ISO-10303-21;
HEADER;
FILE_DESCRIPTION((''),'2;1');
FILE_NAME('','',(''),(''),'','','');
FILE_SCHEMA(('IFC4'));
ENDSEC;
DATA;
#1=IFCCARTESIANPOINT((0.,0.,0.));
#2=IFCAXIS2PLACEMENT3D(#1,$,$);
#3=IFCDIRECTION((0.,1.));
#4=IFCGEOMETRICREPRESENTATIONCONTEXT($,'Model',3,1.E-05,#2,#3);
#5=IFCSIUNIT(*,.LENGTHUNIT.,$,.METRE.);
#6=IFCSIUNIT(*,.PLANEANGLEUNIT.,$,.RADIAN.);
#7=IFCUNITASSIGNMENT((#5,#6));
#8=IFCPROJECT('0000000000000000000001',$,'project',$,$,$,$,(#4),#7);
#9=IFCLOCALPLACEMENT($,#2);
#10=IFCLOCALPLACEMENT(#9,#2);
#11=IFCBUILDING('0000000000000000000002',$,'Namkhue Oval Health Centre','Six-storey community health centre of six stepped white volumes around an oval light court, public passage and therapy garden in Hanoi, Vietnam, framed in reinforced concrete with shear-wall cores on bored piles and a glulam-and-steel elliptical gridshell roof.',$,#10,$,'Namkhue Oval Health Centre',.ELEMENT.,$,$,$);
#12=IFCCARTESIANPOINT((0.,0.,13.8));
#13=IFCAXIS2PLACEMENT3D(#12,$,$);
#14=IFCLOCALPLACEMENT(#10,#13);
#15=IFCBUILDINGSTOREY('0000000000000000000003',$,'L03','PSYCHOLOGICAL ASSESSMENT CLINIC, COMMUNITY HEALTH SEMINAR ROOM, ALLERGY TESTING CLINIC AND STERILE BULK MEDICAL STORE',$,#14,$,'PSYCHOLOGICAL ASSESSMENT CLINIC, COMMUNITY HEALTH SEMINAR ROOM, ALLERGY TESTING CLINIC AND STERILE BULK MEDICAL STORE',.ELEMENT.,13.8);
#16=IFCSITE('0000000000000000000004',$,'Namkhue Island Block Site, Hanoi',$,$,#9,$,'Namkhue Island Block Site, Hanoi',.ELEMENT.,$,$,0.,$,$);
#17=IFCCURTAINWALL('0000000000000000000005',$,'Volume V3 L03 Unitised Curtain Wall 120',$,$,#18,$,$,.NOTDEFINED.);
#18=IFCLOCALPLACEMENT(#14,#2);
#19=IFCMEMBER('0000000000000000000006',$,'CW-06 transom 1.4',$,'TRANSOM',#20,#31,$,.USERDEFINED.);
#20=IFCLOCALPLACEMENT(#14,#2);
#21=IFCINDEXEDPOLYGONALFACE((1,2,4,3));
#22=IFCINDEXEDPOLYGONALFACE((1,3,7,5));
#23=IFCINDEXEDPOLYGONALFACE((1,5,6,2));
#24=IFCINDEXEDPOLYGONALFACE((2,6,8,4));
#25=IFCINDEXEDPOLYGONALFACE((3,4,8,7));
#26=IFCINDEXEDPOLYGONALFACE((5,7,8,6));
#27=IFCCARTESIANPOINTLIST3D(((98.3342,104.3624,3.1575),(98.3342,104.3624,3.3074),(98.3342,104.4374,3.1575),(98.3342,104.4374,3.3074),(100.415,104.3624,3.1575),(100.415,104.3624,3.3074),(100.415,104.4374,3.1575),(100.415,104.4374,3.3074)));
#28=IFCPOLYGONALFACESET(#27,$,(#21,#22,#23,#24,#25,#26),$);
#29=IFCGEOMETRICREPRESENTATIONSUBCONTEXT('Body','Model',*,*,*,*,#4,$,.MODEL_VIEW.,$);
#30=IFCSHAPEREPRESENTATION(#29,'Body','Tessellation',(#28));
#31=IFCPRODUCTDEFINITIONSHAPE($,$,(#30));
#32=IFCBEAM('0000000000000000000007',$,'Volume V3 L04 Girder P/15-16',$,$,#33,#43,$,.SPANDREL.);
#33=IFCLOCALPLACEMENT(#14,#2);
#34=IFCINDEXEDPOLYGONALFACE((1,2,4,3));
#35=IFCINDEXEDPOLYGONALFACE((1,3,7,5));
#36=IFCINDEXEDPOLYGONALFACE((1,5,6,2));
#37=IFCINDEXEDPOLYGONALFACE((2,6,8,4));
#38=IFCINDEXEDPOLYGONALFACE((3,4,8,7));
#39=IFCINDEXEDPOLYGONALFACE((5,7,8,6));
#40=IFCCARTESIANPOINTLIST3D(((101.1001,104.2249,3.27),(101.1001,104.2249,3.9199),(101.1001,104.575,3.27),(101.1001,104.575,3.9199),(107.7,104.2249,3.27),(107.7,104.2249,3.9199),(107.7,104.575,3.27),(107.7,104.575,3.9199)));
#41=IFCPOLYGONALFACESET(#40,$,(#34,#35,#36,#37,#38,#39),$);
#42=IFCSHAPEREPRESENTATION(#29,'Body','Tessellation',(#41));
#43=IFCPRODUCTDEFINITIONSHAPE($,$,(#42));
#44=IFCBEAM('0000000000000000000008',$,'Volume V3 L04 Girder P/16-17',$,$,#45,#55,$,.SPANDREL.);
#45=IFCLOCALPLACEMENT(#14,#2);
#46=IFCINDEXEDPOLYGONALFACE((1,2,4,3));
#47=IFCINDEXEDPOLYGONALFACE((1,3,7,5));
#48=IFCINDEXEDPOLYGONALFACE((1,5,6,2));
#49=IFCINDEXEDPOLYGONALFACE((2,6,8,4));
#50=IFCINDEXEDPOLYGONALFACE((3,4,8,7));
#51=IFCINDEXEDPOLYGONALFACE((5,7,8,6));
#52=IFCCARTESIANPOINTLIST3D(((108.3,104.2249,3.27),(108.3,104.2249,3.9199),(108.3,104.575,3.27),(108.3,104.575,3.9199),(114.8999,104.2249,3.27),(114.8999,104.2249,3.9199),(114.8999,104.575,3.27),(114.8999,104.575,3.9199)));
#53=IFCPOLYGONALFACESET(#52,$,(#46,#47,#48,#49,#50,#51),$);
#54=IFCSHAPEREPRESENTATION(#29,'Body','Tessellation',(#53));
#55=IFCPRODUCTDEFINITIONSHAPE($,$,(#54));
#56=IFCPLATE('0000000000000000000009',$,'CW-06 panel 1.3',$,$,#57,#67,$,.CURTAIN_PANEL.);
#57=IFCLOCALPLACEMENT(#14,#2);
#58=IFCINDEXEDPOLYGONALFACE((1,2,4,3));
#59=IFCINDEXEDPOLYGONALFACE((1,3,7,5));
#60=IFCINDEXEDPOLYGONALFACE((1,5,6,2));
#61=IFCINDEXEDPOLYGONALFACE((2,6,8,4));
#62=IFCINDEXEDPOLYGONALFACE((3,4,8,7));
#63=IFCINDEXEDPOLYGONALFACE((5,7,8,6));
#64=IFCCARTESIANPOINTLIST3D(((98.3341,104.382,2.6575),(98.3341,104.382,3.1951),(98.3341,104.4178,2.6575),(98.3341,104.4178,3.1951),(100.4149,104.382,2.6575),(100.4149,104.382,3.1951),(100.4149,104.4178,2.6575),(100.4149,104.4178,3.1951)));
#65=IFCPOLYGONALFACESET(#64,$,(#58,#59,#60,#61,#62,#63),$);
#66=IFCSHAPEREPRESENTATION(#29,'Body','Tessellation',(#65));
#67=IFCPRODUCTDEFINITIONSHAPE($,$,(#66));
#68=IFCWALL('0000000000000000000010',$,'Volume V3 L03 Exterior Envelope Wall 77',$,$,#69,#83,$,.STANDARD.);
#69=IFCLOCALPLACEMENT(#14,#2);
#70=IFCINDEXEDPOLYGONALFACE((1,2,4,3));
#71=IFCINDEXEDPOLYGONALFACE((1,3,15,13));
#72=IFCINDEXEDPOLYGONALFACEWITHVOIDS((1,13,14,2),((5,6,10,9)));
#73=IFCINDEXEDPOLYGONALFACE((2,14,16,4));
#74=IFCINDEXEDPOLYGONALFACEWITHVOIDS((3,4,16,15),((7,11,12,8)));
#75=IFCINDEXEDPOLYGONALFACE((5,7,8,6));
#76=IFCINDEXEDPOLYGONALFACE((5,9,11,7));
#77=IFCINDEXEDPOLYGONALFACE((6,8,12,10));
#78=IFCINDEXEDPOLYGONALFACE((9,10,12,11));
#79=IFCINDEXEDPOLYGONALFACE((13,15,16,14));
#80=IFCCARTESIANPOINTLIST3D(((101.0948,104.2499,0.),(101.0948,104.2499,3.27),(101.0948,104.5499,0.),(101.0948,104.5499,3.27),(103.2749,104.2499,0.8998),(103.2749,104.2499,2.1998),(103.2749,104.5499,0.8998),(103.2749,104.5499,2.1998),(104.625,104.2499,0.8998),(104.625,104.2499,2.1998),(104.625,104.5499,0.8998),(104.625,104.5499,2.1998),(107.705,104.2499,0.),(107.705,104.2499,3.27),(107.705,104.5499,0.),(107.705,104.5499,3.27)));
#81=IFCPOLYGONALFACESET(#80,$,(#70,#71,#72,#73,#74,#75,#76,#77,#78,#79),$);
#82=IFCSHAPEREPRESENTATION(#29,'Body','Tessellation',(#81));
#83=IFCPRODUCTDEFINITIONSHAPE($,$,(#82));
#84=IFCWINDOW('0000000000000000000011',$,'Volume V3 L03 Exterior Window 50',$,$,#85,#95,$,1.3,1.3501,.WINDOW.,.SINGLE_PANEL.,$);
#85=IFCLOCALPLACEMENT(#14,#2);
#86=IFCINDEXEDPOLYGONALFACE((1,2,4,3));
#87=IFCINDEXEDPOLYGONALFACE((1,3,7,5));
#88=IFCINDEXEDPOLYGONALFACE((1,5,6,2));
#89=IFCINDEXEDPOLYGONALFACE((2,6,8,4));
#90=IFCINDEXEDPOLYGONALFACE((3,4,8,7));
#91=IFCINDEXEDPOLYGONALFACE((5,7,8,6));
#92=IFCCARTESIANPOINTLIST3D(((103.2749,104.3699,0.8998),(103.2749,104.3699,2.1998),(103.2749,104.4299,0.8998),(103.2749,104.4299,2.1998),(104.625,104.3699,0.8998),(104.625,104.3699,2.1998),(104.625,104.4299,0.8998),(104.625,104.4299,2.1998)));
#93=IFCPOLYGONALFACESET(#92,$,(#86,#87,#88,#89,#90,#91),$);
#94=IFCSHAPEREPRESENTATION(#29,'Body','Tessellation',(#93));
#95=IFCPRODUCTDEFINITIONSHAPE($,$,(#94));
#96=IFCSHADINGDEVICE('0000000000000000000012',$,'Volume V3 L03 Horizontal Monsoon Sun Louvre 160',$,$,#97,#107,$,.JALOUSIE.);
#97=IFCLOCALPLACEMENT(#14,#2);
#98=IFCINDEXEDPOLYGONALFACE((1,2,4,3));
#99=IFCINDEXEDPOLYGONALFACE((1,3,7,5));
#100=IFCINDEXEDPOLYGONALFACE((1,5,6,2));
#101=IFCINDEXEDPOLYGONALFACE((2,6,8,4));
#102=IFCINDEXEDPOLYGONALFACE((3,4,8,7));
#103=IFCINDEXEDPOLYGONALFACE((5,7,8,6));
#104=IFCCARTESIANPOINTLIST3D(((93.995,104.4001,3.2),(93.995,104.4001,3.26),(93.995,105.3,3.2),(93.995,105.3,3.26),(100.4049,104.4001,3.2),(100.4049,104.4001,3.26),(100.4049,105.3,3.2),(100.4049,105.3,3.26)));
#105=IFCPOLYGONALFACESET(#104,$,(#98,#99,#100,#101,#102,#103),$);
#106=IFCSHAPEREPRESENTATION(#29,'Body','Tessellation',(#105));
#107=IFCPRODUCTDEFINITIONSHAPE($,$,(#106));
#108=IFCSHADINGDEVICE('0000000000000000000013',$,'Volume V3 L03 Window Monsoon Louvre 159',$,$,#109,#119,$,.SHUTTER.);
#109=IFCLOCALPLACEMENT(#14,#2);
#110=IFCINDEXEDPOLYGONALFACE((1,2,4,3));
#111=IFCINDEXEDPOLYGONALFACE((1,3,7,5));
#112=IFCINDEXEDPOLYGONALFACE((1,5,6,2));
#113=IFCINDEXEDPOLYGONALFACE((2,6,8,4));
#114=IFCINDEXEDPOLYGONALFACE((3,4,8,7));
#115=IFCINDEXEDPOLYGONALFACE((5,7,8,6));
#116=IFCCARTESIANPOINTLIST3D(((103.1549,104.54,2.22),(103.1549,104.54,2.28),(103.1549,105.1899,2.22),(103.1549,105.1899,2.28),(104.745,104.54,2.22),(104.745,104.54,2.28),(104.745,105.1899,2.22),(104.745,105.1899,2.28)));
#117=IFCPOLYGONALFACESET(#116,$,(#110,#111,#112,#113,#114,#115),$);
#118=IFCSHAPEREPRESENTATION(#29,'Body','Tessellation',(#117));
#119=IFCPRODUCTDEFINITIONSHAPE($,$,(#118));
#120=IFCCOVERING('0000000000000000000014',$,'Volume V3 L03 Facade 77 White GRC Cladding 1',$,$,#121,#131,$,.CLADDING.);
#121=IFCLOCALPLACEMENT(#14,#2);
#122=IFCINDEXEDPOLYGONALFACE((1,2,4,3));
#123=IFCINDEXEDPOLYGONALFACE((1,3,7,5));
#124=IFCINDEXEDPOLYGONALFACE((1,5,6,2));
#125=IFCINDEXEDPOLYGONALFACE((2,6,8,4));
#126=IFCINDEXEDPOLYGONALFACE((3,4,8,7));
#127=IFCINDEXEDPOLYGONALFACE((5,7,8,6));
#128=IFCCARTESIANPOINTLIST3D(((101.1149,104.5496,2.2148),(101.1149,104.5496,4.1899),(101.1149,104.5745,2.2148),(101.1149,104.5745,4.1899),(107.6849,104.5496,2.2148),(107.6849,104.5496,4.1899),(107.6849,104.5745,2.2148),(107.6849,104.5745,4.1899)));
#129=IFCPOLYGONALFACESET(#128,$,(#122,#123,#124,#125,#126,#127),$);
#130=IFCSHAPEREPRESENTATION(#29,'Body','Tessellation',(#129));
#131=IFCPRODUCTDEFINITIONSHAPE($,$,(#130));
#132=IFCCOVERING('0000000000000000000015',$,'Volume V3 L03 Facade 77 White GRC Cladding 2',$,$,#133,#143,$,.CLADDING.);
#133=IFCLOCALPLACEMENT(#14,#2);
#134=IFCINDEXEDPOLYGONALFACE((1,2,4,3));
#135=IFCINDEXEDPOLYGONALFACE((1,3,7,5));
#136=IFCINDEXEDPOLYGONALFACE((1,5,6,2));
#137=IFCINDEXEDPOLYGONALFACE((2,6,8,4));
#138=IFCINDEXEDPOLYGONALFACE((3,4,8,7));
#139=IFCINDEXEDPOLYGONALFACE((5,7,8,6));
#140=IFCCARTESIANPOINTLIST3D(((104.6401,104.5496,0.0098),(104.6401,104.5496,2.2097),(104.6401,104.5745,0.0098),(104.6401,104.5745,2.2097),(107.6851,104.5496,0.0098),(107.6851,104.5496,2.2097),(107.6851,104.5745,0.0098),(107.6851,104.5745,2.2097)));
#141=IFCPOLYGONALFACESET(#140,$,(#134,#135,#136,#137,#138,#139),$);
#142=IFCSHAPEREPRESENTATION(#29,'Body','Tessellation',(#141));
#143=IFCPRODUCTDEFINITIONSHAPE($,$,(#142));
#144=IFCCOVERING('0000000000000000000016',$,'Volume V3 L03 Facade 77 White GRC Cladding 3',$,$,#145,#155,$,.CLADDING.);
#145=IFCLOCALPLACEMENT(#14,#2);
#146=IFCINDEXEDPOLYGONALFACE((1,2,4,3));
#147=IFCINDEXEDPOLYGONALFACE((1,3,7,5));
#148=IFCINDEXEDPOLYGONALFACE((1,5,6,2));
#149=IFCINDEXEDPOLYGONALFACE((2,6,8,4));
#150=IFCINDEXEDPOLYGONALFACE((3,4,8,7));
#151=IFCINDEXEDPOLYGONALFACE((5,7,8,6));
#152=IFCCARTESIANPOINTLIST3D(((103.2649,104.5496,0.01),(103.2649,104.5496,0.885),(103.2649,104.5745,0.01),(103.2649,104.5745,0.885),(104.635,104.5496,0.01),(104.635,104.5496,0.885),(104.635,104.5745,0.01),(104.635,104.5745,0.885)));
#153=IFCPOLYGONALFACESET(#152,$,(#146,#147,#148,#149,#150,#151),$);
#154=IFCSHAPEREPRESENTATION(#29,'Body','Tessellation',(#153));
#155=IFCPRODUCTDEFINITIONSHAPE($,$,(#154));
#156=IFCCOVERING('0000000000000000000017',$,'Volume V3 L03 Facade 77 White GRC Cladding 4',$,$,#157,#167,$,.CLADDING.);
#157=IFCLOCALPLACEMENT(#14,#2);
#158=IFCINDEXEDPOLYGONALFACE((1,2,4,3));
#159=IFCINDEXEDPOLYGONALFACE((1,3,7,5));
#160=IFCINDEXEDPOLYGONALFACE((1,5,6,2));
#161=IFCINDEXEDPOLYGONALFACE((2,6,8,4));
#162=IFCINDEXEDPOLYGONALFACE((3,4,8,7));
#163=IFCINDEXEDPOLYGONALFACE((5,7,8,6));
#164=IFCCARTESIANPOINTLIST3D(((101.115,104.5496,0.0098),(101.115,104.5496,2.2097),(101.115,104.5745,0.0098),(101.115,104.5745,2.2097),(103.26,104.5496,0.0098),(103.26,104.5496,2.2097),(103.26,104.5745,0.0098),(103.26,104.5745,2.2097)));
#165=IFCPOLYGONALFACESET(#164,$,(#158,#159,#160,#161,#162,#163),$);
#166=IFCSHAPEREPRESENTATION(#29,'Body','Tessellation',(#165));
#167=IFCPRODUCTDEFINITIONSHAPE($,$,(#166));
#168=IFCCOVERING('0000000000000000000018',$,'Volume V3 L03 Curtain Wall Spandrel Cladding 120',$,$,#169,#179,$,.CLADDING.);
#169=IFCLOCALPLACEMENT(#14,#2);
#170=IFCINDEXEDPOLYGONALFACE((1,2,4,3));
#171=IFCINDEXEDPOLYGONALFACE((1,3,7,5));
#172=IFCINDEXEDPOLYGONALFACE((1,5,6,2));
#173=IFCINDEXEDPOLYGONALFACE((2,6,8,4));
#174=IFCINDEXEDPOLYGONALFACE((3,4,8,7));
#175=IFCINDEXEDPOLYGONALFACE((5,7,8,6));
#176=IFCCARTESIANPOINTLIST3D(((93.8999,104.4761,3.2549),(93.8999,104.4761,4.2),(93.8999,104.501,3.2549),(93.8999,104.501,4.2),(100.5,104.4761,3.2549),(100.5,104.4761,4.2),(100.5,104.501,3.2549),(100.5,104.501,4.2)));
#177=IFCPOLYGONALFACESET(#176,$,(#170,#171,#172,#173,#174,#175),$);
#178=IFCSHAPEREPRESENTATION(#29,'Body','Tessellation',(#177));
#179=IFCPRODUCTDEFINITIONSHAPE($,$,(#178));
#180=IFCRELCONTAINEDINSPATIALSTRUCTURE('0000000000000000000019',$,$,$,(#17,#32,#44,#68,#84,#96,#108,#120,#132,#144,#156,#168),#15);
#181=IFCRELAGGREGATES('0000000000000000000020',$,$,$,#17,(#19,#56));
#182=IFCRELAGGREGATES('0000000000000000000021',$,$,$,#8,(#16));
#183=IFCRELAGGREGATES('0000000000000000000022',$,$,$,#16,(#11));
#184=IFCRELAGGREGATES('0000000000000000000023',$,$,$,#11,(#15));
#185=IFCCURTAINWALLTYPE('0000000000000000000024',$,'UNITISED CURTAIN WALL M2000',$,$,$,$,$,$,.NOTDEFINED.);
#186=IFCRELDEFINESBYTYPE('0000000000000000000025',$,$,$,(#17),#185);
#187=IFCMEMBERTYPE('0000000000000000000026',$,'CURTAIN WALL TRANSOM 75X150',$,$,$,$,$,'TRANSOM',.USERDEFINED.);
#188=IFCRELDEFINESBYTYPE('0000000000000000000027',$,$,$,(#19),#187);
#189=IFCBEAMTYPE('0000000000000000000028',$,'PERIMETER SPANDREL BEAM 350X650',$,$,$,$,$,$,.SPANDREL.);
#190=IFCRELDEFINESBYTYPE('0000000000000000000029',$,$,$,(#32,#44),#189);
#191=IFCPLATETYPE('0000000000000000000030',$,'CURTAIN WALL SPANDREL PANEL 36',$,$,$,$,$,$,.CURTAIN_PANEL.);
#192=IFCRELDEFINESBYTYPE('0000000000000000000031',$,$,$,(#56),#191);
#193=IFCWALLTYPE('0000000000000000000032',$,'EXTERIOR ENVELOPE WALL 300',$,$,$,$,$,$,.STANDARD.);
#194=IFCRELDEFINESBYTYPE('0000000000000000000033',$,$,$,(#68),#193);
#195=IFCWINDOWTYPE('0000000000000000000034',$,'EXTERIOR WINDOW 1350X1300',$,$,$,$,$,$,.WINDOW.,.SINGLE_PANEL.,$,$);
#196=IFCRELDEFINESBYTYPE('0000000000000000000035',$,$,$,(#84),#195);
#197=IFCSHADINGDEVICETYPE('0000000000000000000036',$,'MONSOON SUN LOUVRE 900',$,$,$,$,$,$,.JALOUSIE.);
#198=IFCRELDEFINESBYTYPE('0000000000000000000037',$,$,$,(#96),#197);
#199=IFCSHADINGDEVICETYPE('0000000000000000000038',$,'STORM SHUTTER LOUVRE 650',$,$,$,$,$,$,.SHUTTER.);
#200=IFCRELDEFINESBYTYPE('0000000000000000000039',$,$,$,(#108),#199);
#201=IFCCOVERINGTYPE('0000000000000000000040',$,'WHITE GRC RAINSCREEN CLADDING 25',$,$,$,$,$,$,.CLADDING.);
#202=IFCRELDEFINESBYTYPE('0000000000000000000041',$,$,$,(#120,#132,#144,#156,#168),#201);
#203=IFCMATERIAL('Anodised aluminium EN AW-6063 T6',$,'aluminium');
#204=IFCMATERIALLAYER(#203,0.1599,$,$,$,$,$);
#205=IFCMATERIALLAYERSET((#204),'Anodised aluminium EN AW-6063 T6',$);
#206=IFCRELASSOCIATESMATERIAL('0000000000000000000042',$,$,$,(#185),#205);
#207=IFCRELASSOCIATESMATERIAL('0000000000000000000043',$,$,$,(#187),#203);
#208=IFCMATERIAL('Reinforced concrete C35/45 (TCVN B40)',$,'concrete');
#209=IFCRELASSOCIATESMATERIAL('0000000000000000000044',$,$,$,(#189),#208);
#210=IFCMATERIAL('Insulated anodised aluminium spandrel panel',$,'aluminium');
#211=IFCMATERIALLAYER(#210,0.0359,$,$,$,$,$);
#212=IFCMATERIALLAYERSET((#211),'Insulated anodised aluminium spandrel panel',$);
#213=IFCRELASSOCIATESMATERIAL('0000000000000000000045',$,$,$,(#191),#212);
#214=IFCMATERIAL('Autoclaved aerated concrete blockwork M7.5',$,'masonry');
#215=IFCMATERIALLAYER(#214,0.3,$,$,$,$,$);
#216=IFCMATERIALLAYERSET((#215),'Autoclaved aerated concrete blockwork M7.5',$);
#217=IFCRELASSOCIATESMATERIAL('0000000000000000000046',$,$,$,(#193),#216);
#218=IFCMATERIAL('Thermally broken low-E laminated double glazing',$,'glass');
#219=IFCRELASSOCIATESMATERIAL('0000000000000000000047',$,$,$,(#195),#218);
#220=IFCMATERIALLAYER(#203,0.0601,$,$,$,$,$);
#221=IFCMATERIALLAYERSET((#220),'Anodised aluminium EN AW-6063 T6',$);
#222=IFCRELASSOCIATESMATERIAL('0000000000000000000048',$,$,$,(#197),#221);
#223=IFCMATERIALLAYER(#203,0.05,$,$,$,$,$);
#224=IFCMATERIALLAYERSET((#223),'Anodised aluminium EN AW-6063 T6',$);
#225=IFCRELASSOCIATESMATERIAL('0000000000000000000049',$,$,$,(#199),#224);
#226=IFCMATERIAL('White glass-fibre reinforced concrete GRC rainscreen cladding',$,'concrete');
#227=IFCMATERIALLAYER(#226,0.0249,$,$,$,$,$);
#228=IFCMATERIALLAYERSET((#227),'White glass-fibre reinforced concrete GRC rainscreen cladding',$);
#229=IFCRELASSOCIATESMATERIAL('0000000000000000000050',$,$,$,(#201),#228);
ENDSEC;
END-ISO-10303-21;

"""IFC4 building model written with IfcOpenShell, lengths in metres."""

from ifc_helpers import new_model, si_unit, direction, frame, frame_2d, origin, origin_2d, place, context, subcontext, project, spatial, rectangle, extrude, material, layer, layer_set, material_profile, profile_set, type_object, element, fill, aggregate, save


model = new_model("IFC4")

# Units and contexts
model_context = context("Model", 3, precision=1e-05, world=origin(), true_north=direction((0.0, 1.0)))
body_context = subcontext(model_context, "Body", "Model", "MODEL_VIEW")
ifc_project = project(units=[si_unit("LENGTHUNIT", "METRE"), si_unit("PLANEANGLEUNIT", "RADIAN")], contexts=[model_context])

# Site, building, storey
site_placement = place(None, origin())
site = spatial("IfcSite", under=ifc_project, at=site_placement, Name="Namkhue Island Block Site, Hanoi", LongName="Namkhue Island Block Site, Hanoi", CompositionType="ELEMENT", RefElevation=0.0)
building_placement = place(site_placement, origin())
building = spatial("IfcBuilding", under=site, at=building_placement, Name="Namkhue Oval Health Centre", Description="Six-storey community health centre of six stepped white volumes around an oval light court, public passage and therapy garden in Hanoi, Vietnam, framed in reinforced concrete with shear-wall cores on bored piles and a glulam-and-steel elliptical gridshell roof.", LongName="Namkhue Oval Health Centre", CompositionType="ELEMENT")
storey_placement = place(building_placement, frame((0.0, 0.0, 13.8)))
storey = spatial("IfcBuildingStorey", under=building, at=storey_placement, Name="L03", Description="PSYCHOLOGICAL ASSESSMENT CLINIC, COMMUNITY HEALTH SEMINAR ROOM, ALLERGY TESTING CLINIC AND STERILE BULK MEDICAL STORE", LongName="PSYCHOLOGICAL ASSESSMENT CLINIC, COMMUNITY HEALTH SEMINAR ROOM, ALLERGY TESTING CLINIC AND STERILE BULK MEDICAL STORE", CompositionType="ELEMENT", Elevation=13.8)

# Shared definitions
ifc_material_1 = material(Name="Reinforced concrete C35/45 (TCVN B40)", Category="concrete")

# Shared definitions
ifc_material_2 = material(Name="Anodised aluminium EN AW-6063 T6", Category="aluminium")

# Curtain wall, member
ifc_layer_1 = layer(ifc_material_2, 0.1599)
ifc_layer_set_1 = layer_set([ifc_layer_1], Name="Anodised aluminium EN AW-6063 T6")
curtain_wall_type_1 = type_object("IfcCurtainWallType", Name="UNITISED CURTAIN WALL M2000", PredefinedType="NOTDEFINED", material=ifc_layer_set_1)
curtain_wall_1_placement = place(storey_placement, origin())
curtain_wall_1 = element("IfcCurtainWall", 1, at=curtain_wall_1_placement, inside=storey, type_object=curtain_wall_type_1, Name="Volume V3 L03 Unitised Curtain Wall 120", PredefinedType="NOTDEFINED")
ifc_material_profile_1 = material_profile(ifc_material_2, rectangle(XDim=0.075, YDim=0.1499, at=origin_2d()), Name="ALU 75x150")
ifc_profile_set_1 = profile_set([ifc_material_profile_1], Name="Anodised aluminium EN AW-6063 T6")
member_type_1 = type_object("IfcMemberType", Name="CURTAIN WALL TRANSOM 75X150", ElementType="TRANSOM", PredefinedType="USERDEFINED", material=ifc_profile_set_1)
member_1_placement = place(storey_placement, frame((100.415, 104.3999, 3.2324), z_axis=(-1.0, 0.0, 0.0), x_axis=(0.0, -1.0, 0.0)))
member_1 = element("IfcMember", 2, at=member_1_placement, type_object=member_type_1, Name="CW-06 transom 1.4", ObjectType="TRANSOM", PredefinedType="USERDEFINED", context=body_context, shape_type="SweptSolid", body=[
    extrude(rectangle(XDim=0.075, YDim=0.1499, at=origin_2d()), origin(), (0.0, 0.0, 1.0), 2.0808),
])

# Beams
ifc_material_profile_2 = material_profile(ifc_material_1, rectangle(XDim=0.3501, YDim=0.6499, at=origin_2d()), Name="RC 350x650")
ifc_profile_set_2 = profile_set([ifc_material_profile_2], Name="Reinforced concrete C35/45 (TCVN B40)")
beam_type = type_object("IfcBeamType", Name="PERIMETER SPANDREL BEAM 350X650", PredefinedType="SPANDREL", material=ifc_profile_set_2)
for number, where, z_axis, x_axis, name in (
    (3, (101.1001, 104.3999, 3.595), (1.0, 0.0, 0.0), (0.0, 1.0, 0.0), "Volume V3 L04 Girder P/15-16"),
    (4, (108.3, 104.3999, 3.595), (1.0, 0.0, 0.0), (0.0, 1.0, 0.0), "Volume V3 L04 Girder P/16-17"),
):
    element("IfcBeam", number, at=place(storey_placement, frame(where, z_axis=z_axis, x_axis=x_axis)), inside=storey, type_object=beam_type, Name=name, PredefinedType="SPANDREL", context=body_context, shape_type="SweptSolid", body=[
        extrude(rectangle(XDim=0.3501, YDim=0.6499, at=origin_2d()), origin(), (0.0, 0.0, 1.0), 6.5999),
    ])

# Plate
ifc_material_3 = material(Name="Insulated anodised aluminium spandrel panel", Category="aluminium")
ifc_layer_2 = layer(ifc_material_3, 0.0359)
ifc_layer_set_2 = layer_set([ifc_layer_2], Name="Insulated anodised aluminium spandrel panel")
plate_type = type_object("IfcPlateType", Name="CURTAIN WALL SPANDREL PANEL 36", PredefinedType="CURTAIN_PANEL", material=ifc_layer_set_2)
plate_placement = place(storey_placement, frame((99.3745, 104.3999, 2.6575), z_axis=(0.0, 0.0, 1.0), x_axis=(-1.0, 0.0, 0.0)))
plate = element("IfcPlate", 5, at=plate_placement, type_object=plate_type, Name="CW-06 panel 1.3", PredefinedType="CURTAIN_PANEL", context=body_context, shape_type="SweptSolid", body=[
    extrude(rectangle(XDim=2.0808, YDim=0.0359, at=origin_2d()), origin(), (0.0, 0.0, 1.0), 0.5376),
])
aggregate(curtain_wall_1, [member_1, plate])

# Wall, opening, window
ifc_material_4 = material(Name="Autoclaved aerated concrete blockwork M7.5", Category="masonry")
ifc_layer_3 = layer(ifc_material_4, 0.3)
ifc_layer_set_3 = layer_set([ifc_layer_3], Name="Autoclaved aerated concrete blockwork M7.5")
wall_type = type_object("IfcWallType", Name="EXTERIOR ENVELOPE WALL 300", PredefinedType="STANDARD", material=ifc_layer_set_3)
wall_placement = place(storey_placement, frame((107.7051, 104.3999, 0.0), z_axis=(0.0, 0.0, 1.0), x_axis=(-1.0, 0.0, 0.0)))
wall = element("IfcWall", 6, at=wall_placement, inside=storey, type_object=wall_type, Name="Volume V3 L03 Exterior Envelope Wall 77", PredefinedType="STANDARD", context=body_context, shape_type="SweptSolid", body=[
    extrude(rectangle(XDim=6.6101, YDim=0.3, at=frame_2d((3.3052, 0.0))), origin(), (0.0, 0.0, 1.0), 3.27),
])
opening_placement = place(wall_placement, frame((3.0801, 0.0, 0.8999)))
opening = element("IfcOpeningElement", 7, at=opening_placement, cuts=wall, PredefinedType="OPENING", context=body_context, shape_type="SweptSolid", body=[
    extrude(rectangle(XDim=1.3501, YDim=1.3, at=frame_2d((0.675, 0.6499))), frame((0.0, 0.1599, 0.0), z_axis=(0.0, -1.0, 0.0), x_axis=(1.0, 0.0, 0.0)), (0.0, 0.0, 1.0), 0.3201),
])
ifc_material_5 = material(Name="Thermally broken low-E laminated double glazing", Category="glass")
window_type = type_object("IfcWindowType", Name="EXTERIOR WINDOW 1350X1300", PartitioningType="SINGLE_PANEL", PredefinedType="WINDOW", material=ifc_material_5)
window_placement = place(opening_placement, origin())
window = element("IfcWindow", 8, at=window_placement, inside=storey, type_object=window_type, Name="Volume V3 L03 Exterior Window 50", OverallHeight=1.3, OverallWidth=1.3501, PartitioningType="SINGLE_PANEL", PredefinedType="WINDOW", context=body_context, shape_type="SweptSolid", body=[
    extrude(rectangle(XDim=1.3501, YDim=1.3, at=frame_2d((0.675, 0.6499))), frame((0.0, 0.03, 0.0), z_axis=(0.0, -1.0, 0.0), x_axis=(1.0, 0.0, 0.0)), (0.0, 0.0, 1.0), 0.0601),
])
fill(opening, window)

# Shading devices
ifc_layer_4 = layer(ifc_material_2, 0.0601)
ifc_layer_set_4 = layer_set([ifc_layer_4], Name="Anodised aluminium EN AW-6063 T6")
shading_device_type_1 = type_object("IfcShadingDeviceType", Name="MONSOON SUN LOUVRE 900", PredefinedType="JALOUSIE", material=ifc_layer_set_4)
shading_device_1_placement = place(storey_placement, frame((97.2, 104.8501, 3.2), z_axis=(0.0, 0.0, 1.0), x_axis=(-1.0, 0.0, 0.0)))
element("IfcShadingDevice", 9, at=shading_device_1_placement, inside=storey, type_object=shading_device_type_1, Name="Volume V3 L03 Horizontal Monsoon Sun Louvre 160", PredefinedType="JALOUSIE", context=body_context, shape_type="SweptSolid", body=[
    extrude(rectangle(XDim=6.4099, YDim=0.8999, at=origin_2d()), origin(), (0.0, 0.0, 1.0), 0.0601),
])
ifc_layer_5 = layer(ifc_material_2, 0.05)
ifc_layer_set_5 = layer_set([ifc_layer_5], Name="Anodised aluminium EN AW-6063 T6")
shading_device_type_2 = type_object("IfcShadingDeviceType", Name="STORM SHUTTER LOUVRE 650", PredefinedType="SHUTTER", material=ifc_layer_set_5)
shading_device_2_placement = place(storey_placement, frame((103.95, 104.865, 2.22), z_axis=(0.0, 0.0, 1.0), x_axis=(-1.0, 0.0, 0.0)))
element("IfcShadingDevice", 10, at=shading_device_2_placement, inside=storey, type_object=shading_device_type_2, Name="Volume V3 L03 Window Monsoon Louvre 159", PredefinedType="SHUTTER", context=body_context, shape_type="SweptSolid", body=[
    extrude(rectangle(XDim=1.5901, YDim=0.6499, at=origin_2d()), origin(), (0.0, 0.0, 1.0), 0.0601),
])

# Coverings
ifc_material_6 = material(Name="White glass-fibre reinforced concrete GRC rainscreen cladding", Category="concrete")
ifc_layer_6 = layer(ifc_material_6, 0.0249)
ifc_layer_set_6 = layer_set([ifc_layer_6], Name="White glass-fibre reinforced concrete GRC rainscreen cladding")
covering_type = type_object("IfcCoveringType", Name="WHITE GRC RAINSCREEN CLADDING 25", PredefinedType="CLADDING", material=ifc_layer_set_6)
covering_1_placement = place(storey_placement, frame((104.3999, 104.562, 2.2148), z_axis=(0.0, 0.0, 1.0), x_axis=(-1.0, 0.0, 0.0)))
element("IfcCovering", 11, at=covering_1_placement, inside=storey, type_object=covering_type, Name="Volume V3 L03 Facade 77 White GRC Cladding 1", PredefinedType="CLADDING", context=body_context, shape_type="SweptSolid", body=[
    extrude(rectangle(XDim=6.5701, YDim=0.0249, at=origin_2d()), origin(), (0.0, 0.0, 1.0), 1.9751),
])
covering_2_placement = place(storey_placement, frame((106.1626, 104.562, 0.0098), z_axis=(0.0, 0.0, 1.0), x_axis=(-1.0, 0.0, 0.0)))
element("IfcCovering", 12, at=covering_2_placement, inside=storey, type_object=covering_type, Name="Volume V3 L03 Facade 77 White GRC Cladding 2", PredefinedType="CLADDING", context=body_context, shape_type="SweptSolid", body=[
    extrude(rectangle(XDim=3.0449, YDim=0.0249, at=origin_2d()), origin(), (0.0, 0.0, 1.0), 2.2),
])
covering_3_placement = place(storey_placement, frame((103.95, 104.562, 0.01), z_axis=(0.0, 0.0, 1.0), x_axis=(-1.0, 0.0, 0.0)))
element("IfcCovering", 13, at=covering_3_placement, inside=storey, type_object=covering_type, Name="Volume V3 L03 Facade 77 White GRC Cladding 3", PredefinedType="CLADDING", context=body_context, shape_type="SweptSolid", body=[
    extrude(rectangle(XDim=1.3701, YDim=0.0249, at=origin_2d()), origin(), (0.0, 0.0, 1.0), 0.875),
])
covering_4_placement = place(storey_placement, frame((102.1875, 104.562, 0.0098), z_axis=(0.0, 0.0, 1.0), x_axis=(-1.0, 0.0, 0.0)))
element("IfcCovering", 14, at=covering_4_placement, inside=storey, type_object=covering_type, Name="Volume V3 L03 Facade 77 White GRC Cladding 4", PredefinedType="CLADDING", context=body_context, shape_type="SweptSolid", body=[
    extrude(rectangle(XDim=2.145, YDim=0.0249, at=origin_2d()), origin(), (0.0, 0.0, 1.0), 2.2),
])
covering_5_placement = place(storey_placement, frame((97.2, 104.4885, 3.2549), z_axis=(0.0, 0.0, 1.0), x_axis=(-1.0, 0.0, 0.0)))
element("IfcCovering", 15, at=covering_5_placement, inside=storey, type_object=covering_type, Name="Volume V3 L03 Curtain Wall Spandrel Cladding 120", PredefinedType="CLADDING", context=body_context, shape_type="SweptSolid", body=[
    extrude(rectangle(XDim=6.6001, YDim=0.0249, at=origin_2d()), origin(), (0.0, 0.0, 1.0), 0.9451),
])

save(model, "model.ifc")
